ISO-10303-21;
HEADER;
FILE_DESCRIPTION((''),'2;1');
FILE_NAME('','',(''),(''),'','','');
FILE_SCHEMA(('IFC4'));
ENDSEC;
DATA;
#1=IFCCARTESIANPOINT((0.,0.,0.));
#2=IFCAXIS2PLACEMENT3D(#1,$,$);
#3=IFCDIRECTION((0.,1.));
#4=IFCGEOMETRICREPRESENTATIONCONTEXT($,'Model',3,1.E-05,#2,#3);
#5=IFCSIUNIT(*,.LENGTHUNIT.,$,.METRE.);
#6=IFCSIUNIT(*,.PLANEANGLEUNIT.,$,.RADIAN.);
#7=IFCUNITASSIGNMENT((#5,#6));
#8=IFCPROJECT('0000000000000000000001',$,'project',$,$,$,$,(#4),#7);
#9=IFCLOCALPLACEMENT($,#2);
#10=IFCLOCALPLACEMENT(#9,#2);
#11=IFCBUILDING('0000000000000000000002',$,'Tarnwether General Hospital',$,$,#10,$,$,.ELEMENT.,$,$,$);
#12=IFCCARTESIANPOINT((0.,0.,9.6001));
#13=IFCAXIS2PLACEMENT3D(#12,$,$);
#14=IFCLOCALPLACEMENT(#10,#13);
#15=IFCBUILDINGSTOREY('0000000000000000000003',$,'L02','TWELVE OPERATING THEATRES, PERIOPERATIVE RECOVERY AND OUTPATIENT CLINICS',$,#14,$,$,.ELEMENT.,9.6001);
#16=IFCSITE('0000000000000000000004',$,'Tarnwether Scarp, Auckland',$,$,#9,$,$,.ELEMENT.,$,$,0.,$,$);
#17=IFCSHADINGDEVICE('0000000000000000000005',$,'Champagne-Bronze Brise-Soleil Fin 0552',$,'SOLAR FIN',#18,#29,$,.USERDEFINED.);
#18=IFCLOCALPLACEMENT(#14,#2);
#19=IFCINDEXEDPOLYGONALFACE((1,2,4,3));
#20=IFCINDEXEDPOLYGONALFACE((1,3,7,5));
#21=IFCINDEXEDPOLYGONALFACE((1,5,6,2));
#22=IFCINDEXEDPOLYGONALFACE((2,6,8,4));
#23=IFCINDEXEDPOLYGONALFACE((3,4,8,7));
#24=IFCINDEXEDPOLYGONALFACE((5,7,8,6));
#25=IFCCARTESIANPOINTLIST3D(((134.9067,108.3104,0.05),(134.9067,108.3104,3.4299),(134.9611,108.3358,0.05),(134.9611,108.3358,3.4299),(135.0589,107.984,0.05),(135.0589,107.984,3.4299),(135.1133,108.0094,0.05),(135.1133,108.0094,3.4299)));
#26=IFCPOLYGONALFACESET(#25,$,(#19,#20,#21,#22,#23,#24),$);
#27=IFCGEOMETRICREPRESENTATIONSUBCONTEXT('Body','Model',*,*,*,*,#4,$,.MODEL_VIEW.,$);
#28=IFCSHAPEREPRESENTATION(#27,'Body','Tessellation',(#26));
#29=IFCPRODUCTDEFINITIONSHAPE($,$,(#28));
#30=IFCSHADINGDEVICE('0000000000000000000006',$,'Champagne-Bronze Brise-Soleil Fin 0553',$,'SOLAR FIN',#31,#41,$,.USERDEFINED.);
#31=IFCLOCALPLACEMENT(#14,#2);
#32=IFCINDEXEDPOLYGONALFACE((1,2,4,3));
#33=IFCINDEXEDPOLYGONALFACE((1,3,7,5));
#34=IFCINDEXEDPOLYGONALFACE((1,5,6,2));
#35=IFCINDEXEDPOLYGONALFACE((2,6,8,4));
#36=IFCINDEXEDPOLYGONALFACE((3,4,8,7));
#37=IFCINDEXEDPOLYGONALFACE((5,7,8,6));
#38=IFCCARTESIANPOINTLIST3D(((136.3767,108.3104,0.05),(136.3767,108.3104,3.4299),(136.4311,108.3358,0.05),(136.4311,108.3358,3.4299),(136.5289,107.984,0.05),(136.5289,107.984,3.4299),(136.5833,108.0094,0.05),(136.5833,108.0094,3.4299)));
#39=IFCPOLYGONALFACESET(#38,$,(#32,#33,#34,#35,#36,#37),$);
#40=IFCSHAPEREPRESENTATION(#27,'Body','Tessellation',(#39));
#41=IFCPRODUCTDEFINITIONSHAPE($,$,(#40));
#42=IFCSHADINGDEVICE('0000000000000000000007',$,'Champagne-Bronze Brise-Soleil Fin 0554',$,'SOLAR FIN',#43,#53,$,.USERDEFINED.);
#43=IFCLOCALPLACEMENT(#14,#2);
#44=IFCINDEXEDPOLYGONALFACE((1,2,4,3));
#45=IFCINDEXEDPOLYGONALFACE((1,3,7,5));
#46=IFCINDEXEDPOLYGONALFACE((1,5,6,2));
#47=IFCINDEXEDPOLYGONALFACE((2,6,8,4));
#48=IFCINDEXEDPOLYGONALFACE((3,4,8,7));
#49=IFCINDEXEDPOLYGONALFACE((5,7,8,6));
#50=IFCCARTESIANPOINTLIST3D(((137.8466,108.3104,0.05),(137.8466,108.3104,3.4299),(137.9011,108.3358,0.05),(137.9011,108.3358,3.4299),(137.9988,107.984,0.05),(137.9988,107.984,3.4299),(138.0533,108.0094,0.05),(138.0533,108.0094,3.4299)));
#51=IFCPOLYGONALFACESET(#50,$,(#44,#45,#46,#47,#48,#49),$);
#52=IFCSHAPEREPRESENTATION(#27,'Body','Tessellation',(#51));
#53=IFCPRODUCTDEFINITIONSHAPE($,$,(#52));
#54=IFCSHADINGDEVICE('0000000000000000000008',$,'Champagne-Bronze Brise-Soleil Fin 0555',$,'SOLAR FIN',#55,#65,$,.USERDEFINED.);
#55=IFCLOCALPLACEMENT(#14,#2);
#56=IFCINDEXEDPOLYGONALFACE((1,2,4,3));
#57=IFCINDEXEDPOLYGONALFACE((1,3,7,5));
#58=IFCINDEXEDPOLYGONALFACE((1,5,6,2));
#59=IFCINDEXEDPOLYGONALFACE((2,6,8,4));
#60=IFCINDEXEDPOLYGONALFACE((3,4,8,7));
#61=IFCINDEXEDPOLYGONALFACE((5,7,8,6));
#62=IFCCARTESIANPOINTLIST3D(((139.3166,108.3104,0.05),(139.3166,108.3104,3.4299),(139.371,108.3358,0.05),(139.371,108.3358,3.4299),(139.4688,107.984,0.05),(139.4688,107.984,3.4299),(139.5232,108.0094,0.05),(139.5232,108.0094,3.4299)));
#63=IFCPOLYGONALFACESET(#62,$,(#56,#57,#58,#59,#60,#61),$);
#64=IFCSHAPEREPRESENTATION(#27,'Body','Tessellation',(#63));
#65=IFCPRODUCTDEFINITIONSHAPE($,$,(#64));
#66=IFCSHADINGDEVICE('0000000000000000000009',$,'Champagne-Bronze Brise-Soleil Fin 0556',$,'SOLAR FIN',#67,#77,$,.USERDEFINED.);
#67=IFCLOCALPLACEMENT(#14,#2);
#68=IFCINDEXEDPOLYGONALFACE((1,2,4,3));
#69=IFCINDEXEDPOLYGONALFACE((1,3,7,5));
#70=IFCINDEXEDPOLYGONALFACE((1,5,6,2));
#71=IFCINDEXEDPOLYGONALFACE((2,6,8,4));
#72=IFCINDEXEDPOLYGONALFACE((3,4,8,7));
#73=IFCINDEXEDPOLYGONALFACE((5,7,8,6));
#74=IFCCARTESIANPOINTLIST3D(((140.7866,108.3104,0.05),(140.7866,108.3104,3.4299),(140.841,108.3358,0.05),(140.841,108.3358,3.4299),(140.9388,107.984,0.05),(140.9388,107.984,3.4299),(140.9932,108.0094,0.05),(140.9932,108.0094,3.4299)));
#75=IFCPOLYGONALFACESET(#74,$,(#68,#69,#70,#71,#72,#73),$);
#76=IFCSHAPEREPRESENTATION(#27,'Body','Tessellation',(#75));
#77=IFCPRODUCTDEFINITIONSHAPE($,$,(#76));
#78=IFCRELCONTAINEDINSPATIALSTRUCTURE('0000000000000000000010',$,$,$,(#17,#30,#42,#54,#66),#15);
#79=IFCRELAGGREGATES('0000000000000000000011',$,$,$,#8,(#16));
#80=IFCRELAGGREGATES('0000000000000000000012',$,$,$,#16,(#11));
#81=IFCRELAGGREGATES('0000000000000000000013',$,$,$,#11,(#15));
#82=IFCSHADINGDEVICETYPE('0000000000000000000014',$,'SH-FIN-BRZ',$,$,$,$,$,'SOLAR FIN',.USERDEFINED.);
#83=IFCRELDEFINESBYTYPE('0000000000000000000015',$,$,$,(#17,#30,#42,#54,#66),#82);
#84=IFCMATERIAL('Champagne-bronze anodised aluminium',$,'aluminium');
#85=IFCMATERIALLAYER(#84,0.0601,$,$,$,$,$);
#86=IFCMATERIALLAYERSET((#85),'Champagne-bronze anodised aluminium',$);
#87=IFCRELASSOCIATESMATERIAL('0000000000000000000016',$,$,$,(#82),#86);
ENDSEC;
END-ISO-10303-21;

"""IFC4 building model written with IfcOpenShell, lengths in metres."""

from ifc_helpers import new_model, si_unit, direction, frame, origin, origin_2d, place, context, subcontext, project, spatial, rectangle, extrude, material, layer, layer_set, type_object, element, save


model = new_model("IFC4")

# Units and contexts
model_context = context("Model", 3, precision=1e-05, world=origin(), true_north=direction((0.0, 1.0)))
body_context = subcontext(model_context, "Body", "Model", "MODEL_VIEW")
ifc_project = project(units=[si_unit("LENGTHUNIT", "METRE"), si_unit("PLANEANGLEUNIT", "RADIAN")], contexts=[model_context])

# Site, building, storey
site_placement = place(None, origin())
site = spatial("IfcSite", under=ifc_project, at=site_placement, Name="Tarnwether Scarp, Auckland", CompositionType="ELEMENT", RefElevation=0.0)
building_placement = place(site_placement, origin())
building = spatial("IfcBuilding", under=site, at=building_placement, Name="Tarnwether General Hospital", CompositionType="ELEMENT")
storey_placement = place(building_placement, frame((0.0, 0.0, 9.6001)))
storey = spatial("IfcBuildingStorey", under=building, at=storey_placement, Name="L02", Description="TWELVE OPERATING THEATRES, PERIOPERATIVE RECOVERY AND OUTPATIENT CLINICS", CompositionType="ELEMENT", Elevation=9.6001)

# Shading devices
ifc_material_1 = material(Name="Champagne-bronze anodised aluminium", Category="aluminium")
ifc_layer_1 = layer(ifc_material_1, 0.0601)
ifc_layer_set_1 = layer_set([ifc_layer_1], Name="Champagne-bronze anodised aluminium")
shading_device_type = type_object("IfcShadingDeviceType", Name="SH-FIN-BRZ", ElementType="SOLAR FIN", PredefinedType="USERDEFINED", material=ifc_layer_set_1)
for number, where, z_axis, x_axis, name in (
    (1, (135.01, 108.1599, 0.05), (0.0, 0.0, 1.0), (0.906308, 0.422618, 0.0), "Champagne-Bronze Brise-Soleil Fin 0552"),
    (2, (136.48, 108.1599, 0.05), (0.0, 0.0, 1.0), (0.906308, 0.422618, 0.0), "Champagne-Bronze Brise-Soleil Fin 0553"),
    (3, (137.95, 108.1599, 0.05), (0.0, 0.0, 1.0), (0.906308, 0.422618, 0.0), "Champagne-Bronze Brise-Soleil Fin 0554"),
    (4, (139.4199, 108.1599, 0.05), (0.0, 0.0, 1.0), (0.906308, 0.422618, 0.0), "Champagne-Bronze Brise-Soleil Fin 0555"),
    (5, (140.8899, 108.1599, 0.05), (0.0, 0.0, 1.0), (0.906308, 0.422618, 0.0), "Champagne-Bronze Brise-Soleil Fin 0556"),
):
    element("IfcShadingDevice", number, at=place(storey_placement, frame(where, z_axis=z_axis, x_axis=x_axis)), inside=storey, type_object=shading_device_type, Name=name, ObjectType="SOLAR FIN", PredefinedType="USERDEFINED", context=body_context, shape_type="SweptSolid", body=[
        extrude(rectangle(XDim=0.0601, YDim=0.3601, at=origin_2d()), origin(), (0.0, 0.0, 1.0), 3.3799),
    ])

save(model, "model.ifc")
